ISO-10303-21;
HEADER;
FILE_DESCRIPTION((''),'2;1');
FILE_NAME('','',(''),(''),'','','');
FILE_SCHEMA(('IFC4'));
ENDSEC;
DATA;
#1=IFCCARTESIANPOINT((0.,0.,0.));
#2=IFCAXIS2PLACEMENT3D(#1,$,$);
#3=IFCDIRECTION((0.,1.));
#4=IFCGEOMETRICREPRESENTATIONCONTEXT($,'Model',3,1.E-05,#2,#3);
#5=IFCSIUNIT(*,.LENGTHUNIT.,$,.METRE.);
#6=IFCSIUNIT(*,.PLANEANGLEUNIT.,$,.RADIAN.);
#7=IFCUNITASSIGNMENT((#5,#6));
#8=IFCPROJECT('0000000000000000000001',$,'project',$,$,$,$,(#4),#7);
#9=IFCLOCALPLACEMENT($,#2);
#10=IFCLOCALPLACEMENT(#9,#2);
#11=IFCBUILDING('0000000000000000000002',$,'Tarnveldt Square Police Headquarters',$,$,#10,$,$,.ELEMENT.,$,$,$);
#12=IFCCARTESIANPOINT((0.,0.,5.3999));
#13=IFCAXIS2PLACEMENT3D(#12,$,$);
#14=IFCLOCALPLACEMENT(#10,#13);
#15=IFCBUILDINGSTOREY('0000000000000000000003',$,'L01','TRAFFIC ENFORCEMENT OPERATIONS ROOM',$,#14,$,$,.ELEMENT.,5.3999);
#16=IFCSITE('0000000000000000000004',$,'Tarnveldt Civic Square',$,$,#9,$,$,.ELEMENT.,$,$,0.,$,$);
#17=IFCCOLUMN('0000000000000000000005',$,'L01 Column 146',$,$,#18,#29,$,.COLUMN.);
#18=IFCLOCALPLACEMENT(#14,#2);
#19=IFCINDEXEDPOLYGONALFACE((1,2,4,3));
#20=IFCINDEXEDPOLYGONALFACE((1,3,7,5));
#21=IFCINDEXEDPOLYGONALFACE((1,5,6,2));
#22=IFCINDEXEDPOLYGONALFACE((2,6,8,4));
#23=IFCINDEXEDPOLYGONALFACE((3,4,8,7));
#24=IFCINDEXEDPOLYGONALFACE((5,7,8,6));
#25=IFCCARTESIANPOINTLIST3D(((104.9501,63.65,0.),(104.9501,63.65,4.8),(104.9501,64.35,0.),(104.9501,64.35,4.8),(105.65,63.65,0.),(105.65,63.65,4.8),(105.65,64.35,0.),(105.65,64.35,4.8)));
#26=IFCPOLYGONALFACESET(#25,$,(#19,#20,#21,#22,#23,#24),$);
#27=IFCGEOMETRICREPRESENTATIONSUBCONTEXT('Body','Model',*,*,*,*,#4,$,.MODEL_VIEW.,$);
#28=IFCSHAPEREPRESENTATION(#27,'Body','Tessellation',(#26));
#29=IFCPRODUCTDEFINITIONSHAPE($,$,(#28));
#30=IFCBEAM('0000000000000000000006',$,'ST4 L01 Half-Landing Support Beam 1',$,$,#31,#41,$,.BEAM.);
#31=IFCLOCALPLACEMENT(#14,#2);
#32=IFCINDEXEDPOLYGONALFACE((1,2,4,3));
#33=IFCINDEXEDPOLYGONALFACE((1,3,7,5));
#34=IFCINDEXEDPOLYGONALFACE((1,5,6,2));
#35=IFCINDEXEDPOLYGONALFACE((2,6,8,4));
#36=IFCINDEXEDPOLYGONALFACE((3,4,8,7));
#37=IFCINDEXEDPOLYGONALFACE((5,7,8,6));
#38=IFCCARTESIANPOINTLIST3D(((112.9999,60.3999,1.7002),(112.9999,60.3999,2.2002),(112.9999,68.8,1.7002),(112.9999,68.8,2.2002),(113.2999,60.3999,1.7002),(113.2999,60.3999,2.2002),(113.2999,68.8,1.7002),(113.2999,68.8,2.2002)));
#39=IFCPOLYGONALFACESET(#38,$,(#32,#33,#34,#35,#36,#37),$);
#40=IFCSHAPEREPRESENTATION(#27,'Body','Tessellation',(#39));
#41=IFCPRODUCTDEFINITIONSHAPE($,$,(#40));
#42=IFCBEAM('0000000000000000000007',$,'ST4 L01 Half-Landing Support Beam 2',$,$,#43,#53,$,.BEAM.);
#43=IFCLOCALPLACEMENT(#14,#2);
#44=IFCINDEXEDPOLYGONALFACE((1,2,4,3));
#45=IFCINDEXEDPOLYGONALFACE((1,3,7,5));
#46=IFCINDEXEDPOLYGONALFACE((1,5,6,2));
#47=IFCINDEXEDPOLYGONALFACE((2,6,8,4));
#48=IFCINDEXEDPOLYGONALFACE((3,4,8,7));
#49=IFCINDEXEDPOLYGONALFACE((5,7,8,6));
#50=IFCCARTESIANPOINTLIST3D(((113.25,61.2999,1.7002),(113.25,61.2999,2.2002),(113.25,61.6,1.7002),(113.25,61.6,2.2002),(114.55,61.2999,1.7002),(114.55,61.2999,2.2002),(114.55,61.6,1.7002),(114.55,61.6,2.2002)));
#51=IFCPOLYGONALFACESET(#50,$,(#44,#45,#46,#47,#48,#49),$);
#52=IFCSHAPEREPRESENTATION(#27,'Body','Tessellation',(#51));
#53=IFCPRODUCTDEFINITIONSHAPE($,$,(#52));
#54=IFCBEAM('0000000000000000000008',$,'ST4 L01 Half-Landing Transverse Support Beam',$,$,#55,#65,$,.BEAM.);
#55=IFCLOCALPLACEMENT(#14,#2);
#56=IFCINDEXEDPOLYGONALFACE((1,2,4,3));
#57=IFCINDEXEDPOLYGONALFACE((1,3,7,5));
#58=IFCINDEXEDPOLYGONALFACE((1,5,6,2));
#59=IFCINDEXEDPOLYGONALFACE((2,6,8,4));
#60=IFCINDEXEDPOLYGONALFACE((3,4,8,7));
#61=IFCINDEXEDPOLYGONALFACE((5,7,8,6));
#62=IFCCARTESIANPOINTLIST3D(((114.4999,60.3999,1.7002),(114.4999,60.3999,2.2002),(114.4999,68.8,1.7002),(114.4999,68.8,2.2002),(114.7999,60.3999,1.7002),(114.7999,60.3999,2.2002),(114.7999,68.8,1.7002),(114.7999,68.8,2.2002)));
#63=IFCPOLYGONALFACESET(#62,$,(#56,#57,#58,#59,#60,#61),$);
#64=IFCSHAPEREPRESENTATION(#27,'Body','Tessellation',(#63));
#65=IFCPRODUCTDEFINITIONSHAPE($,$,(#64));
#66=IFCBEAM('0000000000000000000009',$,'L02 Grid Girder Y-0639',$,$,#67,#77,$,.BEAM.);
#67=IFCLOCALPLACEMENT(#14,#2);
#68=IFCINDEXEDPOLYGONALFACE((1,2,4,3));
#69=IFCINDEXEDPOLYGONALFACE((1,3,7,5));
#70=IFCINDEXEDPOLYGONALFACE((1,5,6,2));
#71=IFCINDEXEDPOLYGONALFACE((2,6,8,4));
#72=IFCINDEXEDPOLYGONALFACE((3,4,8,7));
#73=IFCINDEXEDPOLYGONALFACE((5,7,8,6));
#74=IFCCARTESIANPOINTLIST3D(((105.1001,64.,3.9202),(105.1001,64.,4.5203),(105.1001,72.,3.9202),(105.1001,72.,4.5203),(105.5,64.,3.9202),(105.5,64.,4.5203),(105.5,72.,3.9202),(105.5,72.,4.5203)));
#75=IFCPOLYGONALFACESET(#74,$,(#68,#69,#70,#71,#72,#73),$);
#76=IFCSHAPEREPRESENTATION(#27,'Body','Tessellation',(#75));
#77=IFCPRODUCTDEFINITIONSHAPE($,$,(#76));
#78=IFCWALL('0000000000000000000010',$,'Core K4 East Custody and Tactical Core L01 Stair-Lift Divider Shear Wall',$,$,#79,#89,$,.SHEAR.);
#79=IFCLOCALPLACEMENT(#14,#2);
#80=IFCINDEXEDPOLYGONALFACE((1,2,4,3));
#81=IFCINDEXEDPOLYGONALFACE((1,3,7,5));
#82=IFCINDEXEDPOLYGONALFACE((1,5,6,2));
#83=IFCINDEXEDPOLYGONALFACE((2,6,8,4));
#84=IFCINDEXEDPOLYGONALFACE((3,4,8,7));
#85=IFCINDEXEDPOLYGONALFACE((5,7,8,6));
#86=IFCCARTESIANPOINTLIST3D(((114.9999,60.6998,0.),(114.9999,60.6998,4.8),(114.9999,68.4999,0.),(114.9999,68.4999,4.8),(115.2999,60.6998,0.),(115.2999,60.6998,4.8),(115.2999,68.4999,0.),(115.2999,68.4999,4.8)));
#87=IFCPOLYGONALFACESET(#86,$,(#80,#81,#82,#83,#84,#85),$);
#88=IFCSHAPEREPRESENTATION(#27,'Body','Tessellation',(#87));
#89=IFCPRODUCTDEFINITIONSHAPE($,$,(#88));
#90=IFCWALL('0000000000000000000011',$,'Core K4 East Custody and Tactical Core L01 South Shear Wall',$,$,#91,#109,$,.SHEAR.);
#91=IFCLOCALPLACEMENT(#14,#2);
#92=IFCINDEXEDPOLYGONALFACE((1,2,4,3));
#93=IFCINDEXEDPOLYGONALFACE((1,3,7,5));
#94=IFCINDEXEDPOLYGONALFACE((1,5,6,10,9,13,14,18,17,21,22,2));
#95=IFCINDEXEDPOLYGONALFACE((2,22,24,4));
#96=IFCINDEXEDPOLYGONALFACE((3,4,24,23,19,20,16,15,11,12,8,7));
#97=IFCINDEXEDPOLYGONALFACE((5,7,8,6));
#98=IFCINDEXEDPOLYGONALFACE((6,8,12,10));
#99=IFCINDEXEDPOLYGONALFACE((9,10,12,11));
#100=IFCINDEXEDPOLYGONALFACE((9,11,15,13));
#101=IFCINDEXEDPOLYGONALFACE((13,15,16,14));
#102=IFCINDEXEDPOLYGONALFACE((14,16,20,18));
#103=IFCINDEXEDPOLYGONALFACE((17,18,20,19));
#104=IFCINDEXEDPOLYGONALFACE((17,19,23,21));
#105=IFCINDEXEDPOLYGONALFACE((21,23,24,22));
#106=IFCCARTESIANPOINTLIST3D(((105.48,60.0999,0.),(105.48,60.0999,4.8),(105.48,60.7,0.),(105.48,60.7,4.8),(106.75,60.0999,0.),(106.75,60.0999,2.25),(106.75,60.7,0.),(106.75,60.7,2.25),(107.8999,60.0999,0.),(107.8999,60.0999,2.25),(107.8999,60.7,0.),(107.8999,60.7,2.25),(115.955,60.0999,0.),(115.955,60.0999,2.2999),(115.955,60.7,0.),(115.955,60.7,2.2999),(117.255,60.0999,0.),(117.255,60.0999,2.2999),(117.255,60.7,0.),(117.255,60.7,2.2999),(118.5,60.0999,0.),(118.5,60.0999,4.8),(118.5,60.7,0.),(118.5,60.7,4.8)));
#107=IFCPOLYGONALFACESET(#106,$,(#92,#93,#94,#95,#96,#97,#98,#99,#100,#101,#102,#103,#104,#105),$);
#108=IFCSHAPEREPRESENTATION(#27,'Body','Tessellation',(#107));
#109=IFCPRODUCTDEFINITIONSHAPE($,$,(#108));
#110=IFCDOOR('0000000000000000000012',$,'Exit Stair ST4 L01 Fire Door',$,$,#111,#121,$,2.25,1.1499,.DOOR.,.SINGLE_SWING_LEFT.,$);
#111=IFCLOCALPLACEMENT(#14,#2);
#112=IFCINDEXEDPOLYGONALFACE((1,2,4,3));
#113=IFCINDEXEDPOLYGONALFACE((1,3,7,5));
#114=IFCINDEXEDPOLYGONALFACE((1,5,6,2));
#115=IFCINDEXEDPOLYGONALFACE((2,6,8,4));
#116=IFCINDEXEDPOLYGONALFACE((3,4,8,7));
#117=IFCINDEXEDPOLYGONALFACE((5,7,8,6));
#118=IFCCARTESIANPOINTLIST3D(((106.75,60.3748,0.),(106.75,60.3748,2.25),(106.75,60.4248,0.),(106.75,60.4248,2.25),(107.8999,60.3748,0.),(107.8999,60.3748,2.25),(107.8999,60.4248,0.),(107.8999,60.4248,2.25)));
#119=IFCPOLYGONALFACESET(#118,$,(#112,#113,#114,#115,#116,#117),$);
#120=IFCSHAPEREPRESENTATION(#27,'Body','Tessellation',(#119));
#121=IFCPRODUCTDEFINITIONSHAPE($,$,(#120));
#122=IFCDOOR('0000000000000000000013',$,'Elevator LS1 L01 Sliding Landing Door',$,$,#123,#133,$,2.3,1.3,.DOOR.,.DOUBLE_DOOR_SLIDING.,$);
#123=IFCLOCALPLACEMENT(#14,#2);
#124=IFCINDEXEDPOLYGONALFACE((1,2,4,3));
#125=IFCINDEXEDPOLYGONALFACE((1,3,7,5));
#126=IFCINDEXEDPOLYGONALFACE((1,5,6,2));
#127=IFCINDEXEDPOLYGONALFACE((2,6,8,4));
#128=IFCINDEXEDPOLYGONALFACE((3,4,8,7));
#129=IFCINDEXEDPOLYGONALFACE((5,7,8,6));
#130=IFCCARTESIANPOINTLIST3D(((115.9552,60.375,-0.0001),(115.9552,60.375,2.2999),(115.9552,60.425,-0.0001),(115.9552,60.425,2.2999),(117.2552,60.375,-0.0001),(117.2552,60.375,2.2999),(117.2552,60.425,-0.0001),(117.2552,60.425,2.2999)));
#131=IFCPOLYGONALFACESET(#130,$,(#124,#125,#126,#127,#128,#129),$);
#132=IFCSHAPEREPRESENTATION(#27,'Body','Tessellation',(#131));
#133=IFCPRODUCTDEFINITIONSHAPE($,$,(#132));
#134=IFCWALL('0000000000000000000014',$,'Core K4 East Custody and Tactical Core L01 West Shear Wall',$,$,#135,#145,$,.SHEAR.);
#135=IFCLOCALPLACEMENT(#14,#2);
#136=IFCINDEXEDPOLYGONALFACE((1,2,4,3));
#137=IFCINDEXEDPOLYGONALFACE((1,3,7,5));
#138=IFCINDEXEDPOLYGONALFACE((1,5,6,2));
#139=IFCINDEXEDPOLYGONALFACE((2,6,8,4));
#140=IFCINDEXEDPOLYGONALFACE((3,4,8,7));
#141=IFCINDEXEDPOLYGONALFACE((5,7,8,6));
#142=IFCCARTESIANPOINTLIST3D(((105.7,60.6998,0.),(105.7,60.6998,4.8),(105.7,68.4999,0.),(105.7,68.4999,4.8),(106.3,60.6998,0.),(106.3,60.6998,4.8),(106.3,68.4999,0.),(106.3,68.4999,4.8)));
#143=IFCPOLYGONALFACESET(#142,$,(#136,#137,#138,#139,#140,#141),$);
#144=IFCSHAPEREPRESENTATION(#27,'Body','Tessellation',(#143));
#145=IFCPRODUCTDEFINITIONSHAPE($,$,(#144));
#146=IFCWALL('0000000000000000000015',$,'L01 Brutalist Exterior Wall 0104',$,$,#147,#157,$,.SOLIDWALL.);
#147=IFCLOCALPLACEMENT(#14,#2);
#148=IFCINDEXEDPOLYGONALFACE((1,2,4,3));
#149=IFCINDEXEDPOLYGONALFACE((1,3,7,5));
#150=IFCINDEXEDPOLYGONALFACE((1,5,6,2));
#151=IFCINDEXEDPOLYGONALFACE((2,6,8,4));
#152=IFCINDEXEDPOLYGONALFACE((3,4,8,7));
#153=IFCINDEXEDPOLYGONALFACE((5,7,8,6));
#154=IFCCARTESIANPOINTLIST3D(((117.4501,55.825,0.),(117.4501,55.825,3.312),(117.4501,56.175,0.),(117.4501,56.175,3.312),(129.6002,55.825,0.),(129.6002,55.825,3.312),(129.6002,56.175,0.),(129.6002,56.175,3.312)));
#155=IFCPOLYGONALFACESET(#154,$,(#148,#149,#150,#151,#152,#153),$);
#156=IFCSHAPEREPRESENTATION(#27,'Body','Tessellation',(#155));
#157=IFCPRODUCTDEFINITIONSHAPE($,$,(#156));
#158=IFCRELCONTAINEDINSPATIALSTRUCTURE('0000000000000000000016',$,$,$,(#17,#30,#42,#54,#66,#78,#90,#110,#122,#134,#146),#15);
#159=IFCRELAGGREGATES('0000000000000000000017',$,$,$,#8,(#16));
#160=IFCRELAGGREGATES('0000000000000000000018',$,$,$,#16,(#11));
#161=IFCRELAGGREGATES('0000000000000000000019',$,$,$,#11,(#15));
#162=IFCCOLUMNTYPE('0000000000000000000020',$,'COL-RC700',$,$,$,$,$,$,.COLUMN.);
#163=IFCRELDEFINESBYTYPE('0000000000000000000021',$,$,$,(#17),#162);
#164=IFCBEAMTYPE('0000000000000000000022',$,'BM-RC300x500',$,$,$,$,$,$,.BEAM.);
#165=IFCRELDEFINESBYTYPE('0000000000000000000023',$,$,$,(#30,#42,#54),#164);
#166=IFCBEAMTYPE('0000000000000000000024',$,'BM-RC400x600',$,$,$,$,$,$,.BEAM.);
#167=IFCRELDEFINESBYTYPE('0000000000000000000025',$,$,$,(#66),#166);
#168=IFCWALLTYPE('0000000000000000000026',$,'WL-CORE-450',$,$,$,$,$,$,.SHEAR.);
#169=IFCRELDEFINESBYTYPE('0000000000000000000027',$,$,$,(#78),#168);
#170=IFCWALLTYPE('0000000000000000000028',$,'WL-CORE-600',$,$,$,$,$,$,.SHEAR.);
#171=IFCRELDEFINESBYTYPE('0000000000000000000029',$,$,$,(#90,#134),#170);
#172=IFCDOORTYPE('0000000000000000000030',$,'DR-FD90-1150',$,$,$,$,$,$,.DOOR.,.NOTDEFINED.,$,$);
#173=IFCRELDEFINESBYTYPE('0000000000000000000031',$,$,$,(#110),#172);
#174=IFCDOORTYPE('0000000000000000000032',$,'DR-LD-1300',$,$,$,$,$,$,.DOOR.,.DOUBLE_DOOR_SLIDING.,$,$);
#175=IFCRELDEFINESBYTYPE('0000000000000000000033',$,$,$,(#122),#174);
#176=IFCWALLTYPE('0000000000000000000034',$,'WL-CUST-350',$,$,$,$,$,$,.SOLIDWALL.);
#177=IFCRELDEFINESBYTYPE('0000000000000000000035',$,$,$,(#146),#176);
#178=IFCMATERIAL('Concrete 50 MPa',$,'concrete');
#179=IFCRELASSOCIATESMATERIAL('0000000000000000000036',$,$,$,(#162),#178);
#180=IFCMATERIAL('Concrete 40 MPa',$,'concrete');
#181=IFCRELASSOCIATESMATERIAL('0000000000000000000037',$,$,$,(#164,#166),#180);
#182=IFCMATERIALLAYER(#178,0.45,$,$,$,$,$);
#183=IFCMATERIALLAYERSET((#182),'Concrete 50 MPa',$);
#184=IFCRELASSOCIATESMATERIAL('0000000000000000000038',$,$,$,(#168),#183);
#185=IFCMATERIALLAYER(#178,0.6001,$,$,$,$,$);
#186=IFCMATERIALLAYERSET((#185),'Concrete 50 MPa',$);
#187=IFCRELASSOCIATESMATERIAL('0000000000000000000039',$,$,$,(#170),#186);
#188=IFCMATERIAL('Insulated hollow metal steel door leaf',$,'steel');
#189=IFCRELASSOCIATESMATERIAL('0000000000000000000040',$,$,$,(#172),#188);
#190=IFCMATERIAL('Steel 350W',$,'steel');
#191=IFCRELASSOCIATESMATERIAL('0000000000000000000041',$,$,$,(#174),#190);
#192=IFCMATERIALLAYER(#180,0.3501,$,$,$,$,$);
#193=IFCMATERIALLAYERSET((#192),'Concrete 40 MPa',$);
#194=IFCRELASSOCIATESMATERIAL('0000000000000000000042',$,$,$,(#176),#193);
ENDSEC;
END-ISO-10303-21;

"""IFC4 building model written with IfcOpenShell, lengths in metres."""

from ifc_helpers import new_model, si_unit, direction, frame, frame_2d, origin, origin_2d, place, context, subcontext, project, spatial, rectangle, extrude, material, layer, layer_set, material_profile, profile_set, type_object, element, fill, save


model = new_model("IFC4")

# Units and contexts
model_context = context("Model", 3, precision=1e-05, world=origin(), true_north=direction((0.0, 1.0)))
body_context = subcontext(model_context, "Body", "Model", "MODEL_VIEW")
ifc_project = project(units=[si_unit("LENGTHUNIT", "METRE"), si_unit("PLANEANGLEUNIT", "RADIAN")], contexts=[model_context])

# Site, building, storey
site_placement = place(None, origin())
site = spatial("IfcSite", under=ifc_project, at=site_placement, Name="Tarnveldt Civic Square", CompositionType="ELEMENT", RefElevation=0.0)
building_placement = place(site_placement, origin())
building = spatial("IfcBuilding", under=site, at=building_placement, Name="Tarnveldt Square Police Headquarters", CompositionType="ELEMENT")
storey_placement = place(building_placement, frame((0.0, 0.0, 5.3999)))
storey = spatial("IfcBuildingStorey", under=building, at=storey_placement, Name="L01", Description="TRAFFIC ENFORCEMENT OPERATIONS ROOM", CompositionType="ELEMENT", Elevation=5.3999)

# Column
ifc_material_1 = material(Name="Concrete 50 MPa", Category="concrete")
ifc_material_profile_1 = material_profile(ifc_material_1, rectangle(XDim=0.7, YDim=0.7, at=origin_2d()), Name="RC-C700x700")
ifc_profile_set_1 = profile_set([ifc_material_profile_1], Name="Concrete 50 MPa")
column_type = type_object("IfcColumnType", Name="COL-RC700", PredefinedType="COLUMN", material=ifc_profile_set_1)
column_placement = place(storey_placement, frame((105.3, 64.0, 0.0), z_axis=(0.0, 0.0, 1.0), x_axis=(1.0, 0.0, 0.0)))
element("IfcColumn", 1, at=column_placement, inside=storey, type_object=column_type, Name="L01 Column 146", PredefinedType="COLUMN", context=body_context, shape_type="SweptSolid", body=[
    extrude(rectangle(XDim=0.7, YDim=0.7, at=origin_2d()), origin(), (0.0, 0.0, 1.0), 4.8),
])

# Beams
ifc_material_2 = material(Name="Concrete 40 MPa", Category="concrete")
ifc_material_profile_2 = material_profile(ifc_material_2, rectangle(XDim=0.3, YDim=0.5, at=origin_2d()), Name="RC-B300x500")
ifc_profile_set_2 = profile_set([ifc_material_profile_2], Name="Concrete 40 MPa")
beam_type_1 = type_object("IfcBeamType", Name="BM-RC300x500", PredefinedType="BEAM", material=ifc_profile_set_2)
beam_1_placement = place(storey_placement, frame((113.1499, 60.3999, 1.9502), z_axis=(0.0, 1.0, 0.0), x_axis=(-1.0, 0.0, 0.0)))
element("IfcBeam", 2, at=beam_1_placement, inside=storey, type_object=beam_type_1, Name="ST4 L01 Half-Landing Support Beam 1", PredefinedType="BEAM", context=body_context, shape_type="SweptSolid", body=[
    extrude(rectangle(XDim=0.3, YDim=0.5, at=origin_2d()), origin(), (0.0, 0.0, 1.0), 8.4001),
])
beam_2_placement = place(storey_placement, frame((113.25, 61.45, 1.9502), z_axis=(1.0, 0.0, 0.0), x_axis=(0.0, 1.0, 0.0)))
element("IfcBeam", 3, at=beam_2_placement, inside=storey, type_object=beam_type_1, Name="ST4 L01 Half-Landing Support Beam 2", PredefinedType="BEAM", context=body_context, shape_type="SweptSolid", body=[
    extrude(rectangle(XDim=0.3, YDim=0.5, at=origin_2d()), origin(), (0.0, 0.0, 1.0), 1.3),
])
beam_3_placement = place(storey_placement, frame((114.6499, 60.3999, 1.9502), z_axis=(0.0, 1.0, 0.0), x_axis=(-1.0, 0.0, 0.0)))
element("IfcBeam", 4, at=beam_3_placement, inside=storey, type_object=beam_type_1, Name="ST4 L01 Half-Landing Transverse Support Beam", PredefinedType="BEAM", context=body_context, shape_type="SweptSolid", body=[
    extrude(rectangle(XDim=0.3, YDim=0.5, at=origin_2d()), origin(), (0.0, 0.0, 1.0), 8.4001),
])
ifc_material_profile_3 = material_profile(ifc_material_2, rectangle(XDim=0.3999, YDim=0.6001, at=origin_2d()), Name="RC-B400x600")
ifc_profile_set_3 = profile_set([ifc_material_profile_3], Name="Concrete 40 MPa")
beam_type_2 = type_object("IfcBeamType", Name="BM-RC400x600", PredefinedType="BEAM", material=ifc_profile_set_3)
beam_4_placement = place(storey_placement, frame((105.3, 64.0, 4.2202), z_axis=(0.0, 1.0, 0.0), x_axis=(-1.0, 0.0, 0.0)))
element("IfcBeam", 5, at=beam_4_placement, inside=storey, type_object=beam_type_2, Name="L02 Grid Girder Y-0639", PredefinedType="BEAM", context=body_context, shape_type="SweptSolid", body=[
    extrude(rectangle(XDim=0.3999, YDim=0.6001, at=origin_2d()), origin(), (0.0, 0.0, 1.0), 8.0),
])

# Wall
ifc_layer_1 = layer(ifc_material_1, 0.45)
ifc_layer_set_1 = layer_set([ifc_layer_1], Name="Concrete 50 MPa")
wall_type_1 = type_object("IfcWallType", Name="WL-CORE-450", PredefinedType="SHEAR", material=ifc_layer_set_1)
wall_1_placement = place(storey_placement, frame((115.1499, 60.7, 0.0), z_axis=(0.0, 0.0, 1.0), x_axis=(0.0, 1.0, 0.0)))
element("IfcWall", 6, at=wall_1_placement, inside=storey, type_object=wall_type_1, Name="Core K4 East Custody and Tactical Core L01 Stair-Lift Divider Shear Wall", PredefinedType="SHEAR", context=body_context, shape_type="SweptSolid", body=[
    extrude(rectangle(XDim=7.8, YDim=0.3, at=frame_2d((3.8999, 0.0))), origin(), (0.0, 0.0, 1.0), 4.8),
])

# Wall, openings, doors
ifc_layer_2 = layer(ifc_material_1, 0.6001)
ifc_layer_set_2 = layer_set([ifc_layer_2], Name="Concrete 50 MPa")
wall_type_2 = type_object("IfcWallType", Name="WL-CORE-600", PredefinedType="SHEAR", material=ifc_layer_set_2)
wall_2_placement = place(storey_placement, frame((105.48, 60.3999, 0.0), z_axis=(0.0, 0.0, 1.0), x_axis=(1.0, 0.0, 0.0)))
wall_2 = element("IfcWall", 7, at=wall_2_placement, inside=storey, type_object=wall_type_2, Name="Core K4 East Custody and Tactical Core L01 South Shear Wall", PredefinedType="SHEAR", context=body_context, shape_type="SweptSolid", body=[
    extrude(rectangle(XDim=13.02, YDim=0.6001, at=frame_2d((6.51, 0.0))), origin(), (0.0, 0.0, 1.0), 4.8),
])
opening_1_placement = place(wall_2_placement, frame((1.27, 0.0, 0.0)))
opening_1 = element("IfcOpeningElement", 8, at=opening_1_placement, cuts=wall_2, PredefinedType="OPENING", context=body_context, shape_type="SweptSolid", body=[
    extrude(rectangle(XDim=1.1499, YDim=2.25, at=frame_2d((0.575, 1.125))), frame((0.0, 0.3101, 0.0), z_axis=(0.0, -1.0, 0.0), x_axis=(1.0, 0.0, 0.0)), (0.0, 0.0, 1.0), 0.6201),
])
opening_2_placement = place(wall_2_placement, frame((10.4751, 0.0, 0.0)))
opening_2 = element("IfcOpeningElement", 9, at=opening_2_placement, cuts=wall_2, PredefinedType="OPENING", context=body_context, shape_type="SweptSolid", body=[
    extrude(rectangle(XDim=1.3, YDim=2.3, at=frame_2d((0.6499, 1.1499))), frame((0.0, 0.3101, 0.0), z_axis=(0.0, -1.0, 0.0), x_axis=(1.0, 0.0, 0.0)), (0.0, 0.0, 1.0), 0.6201),
])
ifc_material_3 = material(Name="Insulated hollow metal steel door leaf", Category="steel")
door_type_1 = type_object("IfcDoorType", Name="DR-FD90-1150", OperationType="NOTDEFINED", PredefinedType="DOOR", material=ifc_material_3)
door_1_placement = place(opening_1_placement, origin())
door_1 = element("IfcDoor", 10, at=door_1_placement, inside=storey, type_object=door_type_1, Name="Exit Stair ST4 L01 Fire Door", OperationType="SINGLE_SWING_LEFT", OverallHeight=2.25, OverallWidth=1.1499, PredefinedType="DOOR", context=body_context, shape_type="SweptSolid", body=[
    extrude(rectangle(XDim=1.1499, YDim=2.25, at=frame_2d((0.575, 1.125))), frame((0.0, 0.0249, 0.0), z_axis=(0.0, -1.0, 0.0), x_axis=(1.0, 0.0, 0.0)), (0.0, 0.0, 1.0), 0.05),
])
fill(opening_1, door_1)
ifc_material_4 = material(Name="Steel 350W", Category="steel")
door_type_2 = type_object("IfcDoorType", Name="DR-LD-1300", OperationType="DOUBLE_DOOR_SLIDING", PredefinedType="DOOR", material=ifc_material_4)
door_2_placement = place(opening_2_placement, frame((1.3, 0.0, 0.0), z_axis=(0.0, 0.0, 1.0), x_axis=(-1.0, 0.0, 0.0)))
door_2 = element("IfcDoor", 11, at=door_2_placement, inside=storey, type_object=door_type_2, Name="Elevator LS1 L01 Sliding Landing Door", OperationType="DOUBLE_DOOR_SLIDING", OverallHeight=2.3, OverallWidth=1.3, PredefinedType="DOOR", context=body_context, shape_type="SweptSolid", body=[
    extrude(rectangle(XDim=1.3, YDim=2.3, at=frame_2d((0.6499, 1.1499))), frame((0.0, 0.0249, 0.0), z_axis=(0.0, -1.0, 0.0), x_axis=(1.0, 0.0, 0.0)), (0.0, 0.0, 1.0), 0.05),
])
fill(opening_2, door_2)

# Walls
wall_3_placement = place(storey_placement, frame((106.0, 60.7, 0.0), z_axis=(0.0, 0.0, 1.0), x_axis=(0.0, 1.0, 0.0)))
element("IfcWall", 12, at=wall_3_placement, inside=storey, type_object=wall_type_2, Name="Core K4 East Custody and Tactical Core L01 West Shear Wall", PredefinedType="SHEAR", context=body_context, shape_type="SweptSolid", body=[
    extrude(rectangle(XDim=7.8, YDim=0.6001, at=frame_2d((3.8999, 0.0))), origin(), (0.0, 0.0, 1.0), 4.8),
])
ifc_layer_3 = layer(ifc_material_2, 0.3501)
ifc_layer_set_3 = layer_set([ifc_layer_3], Name="Concrete 40 MPa")
wall_type_3 = type_object("IfcWallType", Name="WL-CUST-350", PredefinedType="SOLIDWALL", material=ifc_layer_set_3)
wall_4_placement = place(storey_placement, frame((117.45, 56.0, 0.0), z_axis=(0.0, 0.0, 1.0), x_axis=(1.0, 0.0, 0.0)))
element("IfcWall", 13, at=wall_4_placement, inside=storey, type_object=wall_type_3, Name="L01 Brutalist Exterior Wall 0104", PredefinedType="SOLIDWALL", context=body_context, shape_type="SweptSolid", body=[
    extrude(rectangle(XDim=12.1501, YDim=0.3501, at=frame_2d((6.0752, 0.0))), origin(), (0.0, 0.0, 1.0), 3.312),
])

save(model, "model.ifc")
